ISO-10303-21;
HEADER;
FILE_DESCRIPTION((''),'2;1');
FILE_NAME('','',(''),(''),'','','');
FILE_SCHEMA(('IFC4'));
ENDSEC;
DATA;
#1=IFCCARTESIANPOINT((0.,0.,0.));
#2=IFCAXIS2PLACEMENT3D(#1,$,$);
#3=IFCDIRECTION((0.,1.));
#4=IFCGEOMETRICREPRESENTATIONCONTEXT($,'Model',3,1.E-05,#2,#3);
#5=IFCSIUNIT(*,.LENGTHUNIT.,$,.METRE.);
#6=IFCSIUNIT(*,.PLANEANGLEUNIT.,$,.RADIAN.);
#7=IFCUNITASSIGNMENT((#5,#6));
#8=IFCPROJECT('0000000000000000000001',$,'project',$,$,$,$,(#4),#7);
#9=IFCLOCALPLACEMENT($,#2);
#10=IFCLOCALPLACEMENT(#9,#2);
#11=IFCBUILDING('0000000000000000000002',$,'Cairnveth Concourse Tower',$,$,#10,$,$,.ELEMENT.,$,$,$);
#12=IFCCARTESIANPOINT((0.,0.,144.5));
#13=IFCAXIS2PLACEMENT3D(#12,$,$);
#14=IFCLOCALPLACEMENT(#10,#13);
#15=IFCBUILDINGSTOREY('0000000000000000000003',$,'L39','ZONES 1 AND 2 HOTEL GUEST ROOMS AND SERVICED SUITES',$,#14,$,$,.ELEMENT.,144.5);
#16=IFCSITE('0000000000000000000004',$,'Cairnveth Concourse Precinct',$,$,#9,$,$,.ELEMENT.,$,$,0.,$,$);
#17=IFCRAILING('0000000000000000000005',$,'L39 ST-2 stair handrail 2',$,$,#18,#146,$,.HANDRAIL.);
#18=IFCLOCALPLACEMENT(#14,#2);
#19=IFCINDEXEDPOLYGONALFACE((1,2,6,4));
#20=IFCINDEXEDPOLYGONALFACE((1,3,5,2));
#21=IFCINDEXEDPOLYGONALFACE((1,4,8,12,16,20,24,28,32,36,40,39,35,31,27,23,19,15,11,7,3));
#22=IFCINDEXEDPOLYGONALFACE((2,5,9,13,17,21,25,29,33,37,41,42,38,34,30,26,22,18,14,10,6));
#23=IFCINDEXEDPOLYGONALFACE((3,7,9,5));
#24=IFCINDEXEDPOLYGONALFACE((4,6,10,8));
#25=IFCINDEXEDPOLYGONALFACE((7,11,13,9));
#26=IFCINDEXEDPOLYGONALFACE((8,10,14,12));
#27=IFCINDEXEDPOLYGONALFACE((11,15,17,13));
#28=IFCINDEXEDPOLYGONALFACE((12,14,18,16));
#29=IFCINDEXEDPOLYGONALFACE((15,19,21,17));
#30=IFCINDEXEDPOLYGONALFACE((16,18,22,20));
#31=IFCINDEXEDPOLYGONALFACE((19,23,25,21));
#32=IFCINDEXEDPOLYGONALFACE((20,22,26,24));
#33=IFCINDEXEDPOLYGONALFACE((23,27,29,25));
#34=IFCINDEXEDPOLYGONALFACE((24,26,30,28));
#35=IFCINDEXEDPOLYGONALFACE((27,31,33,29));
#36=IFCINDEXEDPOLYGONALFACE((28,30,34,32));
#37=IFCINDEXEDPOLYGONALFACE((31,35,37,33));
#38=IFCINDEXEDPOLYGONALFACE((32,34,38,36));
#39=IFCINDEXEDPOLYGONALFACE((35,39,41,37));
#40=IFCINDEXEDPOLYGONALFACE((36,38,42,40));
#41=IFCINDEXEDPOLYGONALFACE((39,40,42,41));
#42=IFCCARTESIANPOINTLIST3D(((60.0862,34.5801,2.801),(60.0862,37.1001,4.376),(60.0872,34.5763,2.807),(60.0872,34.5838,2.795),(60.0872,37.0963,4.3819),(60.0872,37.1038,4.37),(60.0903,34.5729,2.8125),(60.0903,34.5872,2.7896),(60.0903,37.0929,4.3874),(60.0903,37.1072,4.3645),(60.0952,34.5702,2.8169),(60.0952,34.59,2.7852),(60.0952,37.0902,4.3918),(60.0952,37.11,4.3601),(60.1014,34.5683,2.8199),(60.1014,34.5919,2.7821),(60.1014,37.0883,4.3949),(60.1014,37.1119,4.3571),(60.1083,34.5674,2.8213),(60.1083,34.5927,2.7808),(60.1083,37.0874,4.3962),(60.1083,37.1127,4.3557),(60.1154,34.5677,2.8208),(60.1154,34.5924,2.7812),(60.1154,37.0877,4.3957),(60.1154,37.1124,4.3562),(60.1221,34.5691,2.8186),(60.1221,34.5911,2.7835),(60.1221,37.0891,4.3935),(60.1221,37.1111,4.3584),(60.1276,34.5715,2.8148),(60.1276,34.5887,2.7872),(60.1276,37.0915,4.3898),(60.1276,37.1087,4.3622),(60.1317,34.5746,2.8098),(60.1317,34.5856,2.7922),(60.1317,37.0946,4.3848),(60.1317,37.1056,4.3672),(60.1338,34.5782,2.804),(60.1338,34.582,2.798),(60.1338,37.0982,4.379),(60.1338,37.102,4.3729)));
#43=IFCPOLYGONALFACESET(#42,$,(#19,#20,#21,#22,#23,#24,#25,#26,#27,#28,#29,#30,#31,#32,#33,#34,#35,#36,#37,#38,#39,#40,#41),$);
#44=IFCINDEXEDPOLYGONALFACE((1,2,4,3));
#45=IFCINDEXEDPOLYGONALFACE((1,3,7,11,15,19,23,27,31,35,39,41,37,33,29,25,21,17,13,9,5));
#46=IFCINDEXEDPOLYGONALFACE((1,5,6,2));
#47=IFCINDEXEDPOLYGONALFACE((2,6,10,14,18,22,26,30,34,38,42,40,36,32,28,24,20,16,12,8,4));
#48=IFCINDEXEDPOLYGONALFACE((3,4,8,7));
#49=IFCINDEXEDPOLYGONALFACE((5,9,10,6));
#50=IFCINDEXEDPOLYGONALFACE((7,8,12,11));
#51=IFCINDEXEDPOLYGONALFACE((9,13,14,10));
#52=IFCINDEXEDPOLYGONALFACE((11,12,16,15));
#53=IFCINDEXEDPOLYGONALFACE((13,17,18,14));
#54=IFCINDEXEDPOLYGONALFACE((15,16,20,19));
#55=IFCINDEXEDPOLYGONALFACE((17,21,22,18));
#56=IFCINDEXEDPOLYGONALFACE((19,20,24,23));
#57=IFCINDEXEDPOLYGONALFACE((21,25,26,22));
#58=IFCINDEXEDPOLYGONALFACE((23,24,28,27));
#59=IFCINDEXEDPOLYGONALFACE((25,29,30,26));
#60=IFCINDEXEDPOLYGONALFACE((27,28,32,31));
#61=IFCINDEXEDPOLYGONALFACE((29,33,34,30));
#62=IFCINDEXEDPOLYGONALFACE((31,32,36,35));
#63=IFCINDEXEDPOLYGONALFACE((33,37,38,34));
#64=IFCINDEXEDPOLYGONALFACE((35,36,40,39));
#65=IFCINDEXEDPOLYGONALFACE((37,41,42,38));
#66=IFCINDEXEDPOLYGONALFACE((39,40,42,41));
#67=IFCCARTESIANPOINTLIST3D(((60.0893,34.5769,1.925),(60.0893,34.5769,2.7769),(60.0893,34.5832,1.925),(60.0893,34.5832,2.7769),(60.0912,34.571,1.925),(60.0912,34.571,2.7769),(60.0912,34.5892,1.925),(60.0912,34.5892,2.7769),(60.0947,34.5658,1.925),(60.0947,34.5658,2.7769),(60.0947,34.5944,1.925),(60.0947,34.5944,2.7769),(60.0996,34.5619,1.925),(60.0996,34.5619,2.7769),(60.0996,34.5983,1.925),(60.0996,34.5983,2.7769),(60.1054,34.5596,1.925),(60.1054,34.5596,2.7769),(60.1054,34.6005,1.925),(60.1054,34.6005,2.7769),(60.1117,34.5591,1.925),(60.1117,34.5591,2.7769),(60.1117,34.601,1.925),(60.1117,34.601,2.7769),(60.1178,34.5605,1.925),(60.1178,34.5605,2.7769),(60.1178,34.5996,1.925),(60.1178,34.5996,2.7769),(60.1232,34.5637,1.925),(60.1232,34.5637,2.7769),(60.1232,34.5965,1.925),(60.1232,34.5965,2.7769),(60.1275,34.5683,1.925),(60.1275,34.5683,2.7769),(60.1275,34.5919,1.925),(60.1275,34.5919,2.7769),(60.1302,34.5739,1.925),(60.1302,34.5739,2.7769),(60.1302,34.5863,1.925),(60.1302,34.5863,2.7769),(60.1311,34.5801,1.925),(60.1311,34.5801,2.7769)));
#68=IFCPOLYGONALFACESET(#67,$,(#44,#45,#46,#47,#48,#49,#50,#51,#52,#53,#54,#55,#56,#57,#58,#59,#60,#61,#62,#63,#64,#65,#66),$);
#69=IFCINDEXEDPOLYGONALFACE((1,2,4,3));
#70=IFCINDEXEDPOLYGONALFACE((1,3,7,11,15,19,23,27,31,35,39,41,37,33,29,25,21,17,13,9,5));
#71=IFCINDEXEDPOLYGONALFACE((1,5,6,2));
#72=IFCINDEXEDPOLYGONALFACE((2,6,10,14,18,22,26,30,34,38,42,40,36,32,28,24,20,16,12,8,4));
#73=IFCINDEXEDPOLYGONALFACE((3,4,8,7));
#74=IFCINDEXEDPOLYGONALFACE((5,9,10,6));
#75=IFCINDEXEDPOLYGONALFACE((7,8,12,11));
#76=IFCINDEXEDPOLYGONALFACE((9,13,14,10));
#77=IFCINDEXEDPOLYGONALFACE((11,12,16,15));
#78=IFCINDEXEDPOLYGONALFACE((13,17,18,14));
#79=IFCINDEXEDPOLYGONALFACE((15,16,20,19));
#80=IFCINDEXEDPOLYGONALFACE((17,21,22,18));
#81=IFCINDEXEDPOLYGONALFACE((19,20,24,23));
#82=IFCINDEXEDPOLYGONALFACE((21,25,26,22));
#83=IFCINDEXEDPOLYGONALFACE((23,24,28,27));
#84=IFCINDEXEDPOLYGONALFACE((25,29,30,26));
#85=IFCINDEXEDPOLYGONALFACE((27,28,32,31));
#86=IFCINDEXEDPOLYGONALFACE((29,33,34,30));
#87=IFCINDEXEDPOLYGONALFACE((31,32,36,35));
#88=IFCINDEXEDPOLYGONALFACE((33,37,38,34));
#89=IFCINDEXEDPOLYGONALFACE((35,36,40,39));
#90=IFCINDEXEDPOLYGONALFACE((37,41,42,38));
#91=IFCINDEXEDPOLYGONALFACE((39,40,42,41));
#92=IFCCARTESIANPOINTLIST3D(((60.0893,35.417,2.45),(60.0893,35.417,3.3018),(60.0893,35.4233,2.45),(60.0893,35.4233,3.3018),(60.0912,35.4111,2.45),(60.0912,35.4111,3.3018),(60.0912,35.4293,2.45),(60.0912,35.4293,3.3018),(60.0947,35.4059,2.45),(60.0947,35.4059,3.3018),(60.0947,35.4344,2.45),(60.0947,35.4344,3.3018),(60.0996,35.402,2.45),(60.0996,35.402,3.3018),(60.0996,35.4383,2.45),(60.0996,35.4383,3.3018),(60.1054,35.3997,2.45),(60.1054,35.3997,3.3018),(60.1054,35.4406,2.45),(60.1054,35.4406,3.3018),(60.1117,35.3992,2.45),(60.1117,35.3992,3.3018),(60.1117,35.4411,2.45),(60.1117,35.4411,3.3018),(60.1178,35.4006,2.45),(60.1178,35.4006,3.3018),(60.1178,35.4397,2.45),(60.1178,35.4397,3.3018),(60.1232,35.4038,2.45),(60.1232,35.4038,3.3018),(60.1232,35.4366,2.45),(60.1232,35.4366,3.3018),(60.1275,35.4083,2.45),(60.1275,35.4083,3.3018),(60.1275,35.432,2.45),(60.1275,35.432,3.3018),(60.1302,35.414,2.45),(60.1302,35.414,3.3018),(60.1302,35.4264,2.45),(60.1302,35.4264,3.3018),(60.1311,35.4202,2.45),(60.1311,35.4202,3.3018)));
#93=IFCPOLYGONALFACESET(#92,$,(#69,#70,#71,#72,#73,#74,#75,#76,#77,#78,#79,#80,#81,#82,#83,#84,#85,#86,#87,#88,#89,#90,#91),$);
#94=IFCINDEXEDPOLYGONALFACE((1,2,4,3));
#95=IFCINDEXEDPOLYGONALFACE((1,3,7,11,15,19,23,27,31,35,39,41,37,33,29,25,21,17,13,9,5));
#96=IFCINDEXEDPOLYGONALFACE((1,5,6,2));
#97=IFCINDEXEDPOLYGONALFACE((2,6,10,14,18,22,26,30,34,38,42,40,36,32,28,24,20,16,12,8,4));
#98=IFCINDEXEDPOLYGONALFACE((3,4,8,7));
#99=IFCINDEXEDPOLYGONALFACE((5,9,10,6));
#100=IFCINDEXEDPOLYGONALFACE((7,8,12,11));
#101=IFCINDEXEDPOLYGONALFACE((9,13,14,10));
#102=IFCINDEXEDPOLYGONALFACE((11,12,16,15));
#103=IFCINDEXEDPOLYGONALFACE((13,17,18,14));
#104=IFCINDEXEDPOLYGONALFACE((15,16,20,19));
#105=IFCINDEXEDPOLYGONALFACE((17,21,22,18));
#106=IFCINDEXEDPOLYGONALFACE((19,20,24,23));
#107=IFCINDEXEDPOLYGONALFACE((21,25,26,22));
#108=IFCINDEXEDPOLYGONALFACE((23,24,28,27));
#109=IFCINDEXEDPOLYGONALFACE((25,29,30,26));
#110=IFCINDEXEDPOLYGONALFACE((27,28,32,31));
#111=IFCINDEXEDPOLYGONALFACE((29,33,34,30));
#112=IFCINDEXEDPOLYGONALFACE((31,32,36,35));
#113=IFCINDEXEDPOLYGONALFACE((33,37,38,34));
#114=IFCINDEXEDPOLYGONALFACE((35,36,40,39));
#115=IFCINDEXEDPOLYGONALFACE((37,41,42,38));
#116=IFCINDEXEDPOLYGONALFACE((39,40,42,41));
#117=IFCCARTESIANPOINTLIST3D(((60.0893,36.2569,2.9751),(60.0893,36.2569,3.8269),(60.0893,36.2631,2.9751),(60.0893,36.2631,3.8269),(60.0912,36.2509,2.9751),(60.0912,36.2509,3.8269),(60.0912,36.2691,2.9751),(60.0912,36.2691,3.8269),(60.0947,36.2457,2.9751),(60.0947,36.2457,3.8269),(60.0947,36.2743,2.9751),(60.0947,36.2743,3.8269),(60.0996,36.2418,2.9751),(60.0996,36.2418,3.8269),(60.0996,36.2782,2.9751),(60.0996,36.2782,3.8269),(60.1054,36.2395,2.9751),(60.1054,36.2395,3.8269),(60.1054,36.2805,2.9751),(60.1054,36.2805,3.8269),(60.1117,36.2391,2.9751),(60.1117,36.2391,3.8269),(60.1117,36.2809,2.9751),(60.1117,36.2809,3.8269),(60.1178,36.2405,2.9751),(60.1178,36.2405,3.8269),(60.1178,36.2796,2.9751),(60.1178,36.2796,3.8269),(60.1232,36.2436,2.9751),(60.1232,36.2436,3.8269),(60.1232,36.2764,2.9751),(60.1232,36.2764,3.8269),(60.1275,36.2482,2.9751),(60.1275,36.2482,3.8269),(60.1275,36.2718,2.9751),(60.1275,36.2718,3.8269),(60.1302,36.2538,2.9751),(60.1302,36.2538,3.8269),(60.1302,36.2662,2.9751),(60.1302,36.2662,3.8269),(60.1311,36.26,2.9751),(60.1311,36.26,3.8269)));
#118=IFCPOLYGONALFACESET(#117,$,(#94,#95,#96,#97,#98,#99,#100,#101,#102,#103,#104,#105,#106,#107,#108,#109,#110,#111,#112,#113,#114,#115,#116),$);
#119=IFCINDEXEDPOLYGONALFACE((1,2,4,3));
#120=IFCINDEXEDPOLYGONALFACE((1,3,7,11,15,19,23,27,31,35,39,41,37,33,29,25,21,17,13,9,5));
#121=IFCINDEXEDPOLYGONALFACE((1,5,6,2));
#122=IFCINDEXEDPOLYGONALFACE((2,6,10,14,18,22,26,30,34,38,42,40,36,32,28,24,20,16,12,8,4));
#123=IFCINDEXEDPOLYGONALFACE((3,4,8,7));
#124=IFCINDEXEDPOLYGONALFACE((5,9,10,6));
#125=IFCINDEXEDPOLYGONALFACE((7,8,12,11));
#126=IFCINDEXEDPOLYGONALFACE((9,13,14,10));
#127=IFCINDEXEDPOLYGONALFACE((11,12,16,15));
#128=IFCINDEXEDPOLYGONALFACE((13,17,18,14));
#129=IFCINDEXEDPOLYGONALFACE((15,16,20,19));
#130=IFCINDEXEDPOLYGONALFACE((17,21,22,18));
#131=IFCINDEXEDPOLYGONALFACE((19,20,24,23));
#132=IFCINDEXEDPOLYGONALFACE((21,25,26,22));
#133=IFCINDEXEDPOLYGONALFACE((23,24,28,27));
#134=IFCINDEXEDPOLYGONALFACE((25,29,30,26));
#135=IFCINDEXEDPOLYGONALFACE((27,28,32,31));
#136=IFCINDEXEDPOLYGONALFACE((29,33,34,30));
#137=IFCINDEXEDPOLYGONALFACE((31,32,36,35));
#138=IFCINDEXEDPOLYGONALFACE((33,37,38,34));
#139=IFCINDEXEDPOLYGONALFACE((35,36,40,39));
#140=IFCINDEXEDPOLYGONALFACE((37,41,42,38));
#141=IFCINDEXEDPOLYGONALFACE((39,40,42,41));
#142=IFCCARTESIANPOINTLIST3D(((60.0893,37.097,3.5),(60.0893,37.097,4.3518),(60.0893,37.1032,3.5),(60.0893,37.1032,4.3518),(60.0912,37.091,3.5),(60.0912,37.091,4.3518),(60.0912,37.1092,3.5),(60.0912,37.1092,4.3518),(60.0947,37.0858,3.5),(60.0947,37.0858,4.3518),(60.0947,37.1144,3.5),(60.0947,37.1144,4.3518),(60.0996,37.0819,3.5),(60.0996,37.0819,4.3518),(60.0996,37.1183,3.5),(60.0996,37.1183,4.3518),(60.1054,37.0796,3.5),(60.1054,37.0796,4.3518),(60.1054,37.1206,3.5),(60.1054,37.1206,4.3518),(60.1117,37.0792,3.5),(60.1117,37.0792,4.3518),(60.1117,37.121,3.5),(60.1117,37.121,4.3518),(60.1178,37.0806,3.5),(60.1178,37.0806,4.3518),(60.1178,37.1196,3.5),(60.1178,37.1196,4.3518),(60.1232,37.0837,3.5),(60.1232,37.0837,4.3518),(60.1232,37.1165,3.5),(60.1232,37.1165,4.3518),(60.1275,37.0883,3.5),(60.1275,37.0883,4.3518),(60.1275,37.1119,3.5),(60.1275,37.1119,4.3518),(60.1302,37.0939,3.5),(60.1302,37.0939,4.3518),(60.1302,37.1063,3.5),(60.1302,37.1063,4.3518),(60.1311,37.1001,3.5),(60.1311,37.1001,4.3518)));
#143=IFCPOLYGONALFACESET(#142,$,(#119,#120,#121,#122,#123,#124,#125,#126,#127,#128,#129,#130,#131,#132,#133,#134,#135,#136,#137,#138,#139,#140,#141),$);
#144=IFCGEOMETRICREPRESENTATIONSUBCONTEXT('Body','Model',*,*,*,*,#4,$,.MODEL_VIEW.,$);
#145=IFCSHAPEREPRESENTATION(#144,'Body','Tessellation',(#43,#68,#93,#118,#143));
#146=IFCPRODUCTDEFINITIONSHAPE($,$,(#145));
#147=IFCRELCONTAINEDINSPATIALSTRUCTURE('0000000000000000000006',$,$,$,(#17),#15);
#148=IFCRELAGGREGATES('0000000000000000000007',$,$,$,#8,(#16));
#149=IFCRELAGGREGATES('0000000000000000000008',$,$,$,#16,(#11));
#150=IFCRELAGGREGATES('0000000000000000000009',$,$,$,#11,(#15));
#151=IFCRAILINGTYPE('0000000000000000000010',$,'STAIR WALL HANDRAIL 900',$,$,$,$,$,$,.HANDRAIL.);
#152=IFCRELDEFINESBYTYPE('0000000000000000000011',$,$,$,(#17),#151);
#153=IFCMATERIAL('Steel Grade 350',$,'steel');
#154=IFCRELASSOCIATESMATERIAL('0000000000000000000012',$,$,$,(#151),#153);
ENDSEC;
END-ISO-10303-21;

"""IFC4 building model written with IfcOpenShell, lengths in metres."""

from ifc_helpers import new_model, si_unit, direction, frame, origin, origin_2d, place, context, subcontext, project, spatial, circle, extrude, material, type_object, element, save


model = new_model("IFC4")

# Units and contexts
model_context = context("Model", 3, precision=1e-05, world=origin(), true_north=direction((0.0, 1.0)))
body_context = subcontext(model_context, "Body", "Model", "MODEL_VIEW")
ifc_project = project(units=[si_unit("LENGTHUNIT", "METRE"), si_unit("PLANEANGLEUNIT", "RADIAN")], contexts=[model_context])

# Site, building, storey
site_placement = place(None, origin())
site = spatial("IfcSite", under=ifc_project, at=site_placement, Name="Cairnveth Concourse Precinct", CompositionType="ELEMENT", RefElevation=0.0)
building_placement = place(site_placement, origin())
building = spatial("IfcBuilding", under=site, at=building_placement, Name="Cairnveth Concourse Tower", CompositionType="ELEMENT")
storey_placement = place(building_placement, frame((0.0, 0.0, 144.5)))
storey = spatial("IfcBuildingStorey", under=building, at=storey_placement, Name="L39", Description="ZONES 1 AND 2 HOTEL GUEST ROOMS AND SERVICED SUITES", CompositionType="ELEMENT", Elevation=144.5)

# Shared definitions
ifc_material_1 = material(Name="Steel Grade 350", Category="steel")

# Railing
railing_type_1 = type_object("IfcRailingType", Name="STAIR WALL HANDRAIL 900", PredefinedType="HANDRAIL", material=ifc_material_1)
railing_1_placement = place(storey_placement, frame((60.1101, 34.5801, 1.925)))
element("IfcRailing", 1, at=railing_1_placement, inside=storey, type_object=railing_type_1, Name="L39 ST-2 stair handrail 2", PredefinedType="HANDRAIL", context=body_context, shape_type="SweptSolid", body=[
    extrude(circle(Radius=0.0239, at=origin_2d()), frame((0.0, 0.0, 0.876), z_axis=(0.0, 0.848008, 0.529984), x_axis=(-1.0, 0.0, 0.0)), (0.0, 0.0, 1.0), 2.9717),
    extrude(circle(Radius=0.021, at=origin_2d()), origin(), (0.0, 0.0, 1.0), 0.8518),
    extrude(circle(Radius=0.021, at=origin_2d()), frame((0.0, 0.8401, 0.5249)), (0.0, 0.0, 1.0), 0.8518),
    extrude(circle(Radius=0.021, at=origin_2d()), frame((0.0, 1.6799, 1.05)), (0.0, 0.0, 1.0), 0.8518),
    extrude(circle(Radius=0.021, at=origin_2d()), frame((0.0, 2.52, 1.575)), (0.0, 0.0, 1.0), 0.8518),
])

save(model, "model.ifc")
